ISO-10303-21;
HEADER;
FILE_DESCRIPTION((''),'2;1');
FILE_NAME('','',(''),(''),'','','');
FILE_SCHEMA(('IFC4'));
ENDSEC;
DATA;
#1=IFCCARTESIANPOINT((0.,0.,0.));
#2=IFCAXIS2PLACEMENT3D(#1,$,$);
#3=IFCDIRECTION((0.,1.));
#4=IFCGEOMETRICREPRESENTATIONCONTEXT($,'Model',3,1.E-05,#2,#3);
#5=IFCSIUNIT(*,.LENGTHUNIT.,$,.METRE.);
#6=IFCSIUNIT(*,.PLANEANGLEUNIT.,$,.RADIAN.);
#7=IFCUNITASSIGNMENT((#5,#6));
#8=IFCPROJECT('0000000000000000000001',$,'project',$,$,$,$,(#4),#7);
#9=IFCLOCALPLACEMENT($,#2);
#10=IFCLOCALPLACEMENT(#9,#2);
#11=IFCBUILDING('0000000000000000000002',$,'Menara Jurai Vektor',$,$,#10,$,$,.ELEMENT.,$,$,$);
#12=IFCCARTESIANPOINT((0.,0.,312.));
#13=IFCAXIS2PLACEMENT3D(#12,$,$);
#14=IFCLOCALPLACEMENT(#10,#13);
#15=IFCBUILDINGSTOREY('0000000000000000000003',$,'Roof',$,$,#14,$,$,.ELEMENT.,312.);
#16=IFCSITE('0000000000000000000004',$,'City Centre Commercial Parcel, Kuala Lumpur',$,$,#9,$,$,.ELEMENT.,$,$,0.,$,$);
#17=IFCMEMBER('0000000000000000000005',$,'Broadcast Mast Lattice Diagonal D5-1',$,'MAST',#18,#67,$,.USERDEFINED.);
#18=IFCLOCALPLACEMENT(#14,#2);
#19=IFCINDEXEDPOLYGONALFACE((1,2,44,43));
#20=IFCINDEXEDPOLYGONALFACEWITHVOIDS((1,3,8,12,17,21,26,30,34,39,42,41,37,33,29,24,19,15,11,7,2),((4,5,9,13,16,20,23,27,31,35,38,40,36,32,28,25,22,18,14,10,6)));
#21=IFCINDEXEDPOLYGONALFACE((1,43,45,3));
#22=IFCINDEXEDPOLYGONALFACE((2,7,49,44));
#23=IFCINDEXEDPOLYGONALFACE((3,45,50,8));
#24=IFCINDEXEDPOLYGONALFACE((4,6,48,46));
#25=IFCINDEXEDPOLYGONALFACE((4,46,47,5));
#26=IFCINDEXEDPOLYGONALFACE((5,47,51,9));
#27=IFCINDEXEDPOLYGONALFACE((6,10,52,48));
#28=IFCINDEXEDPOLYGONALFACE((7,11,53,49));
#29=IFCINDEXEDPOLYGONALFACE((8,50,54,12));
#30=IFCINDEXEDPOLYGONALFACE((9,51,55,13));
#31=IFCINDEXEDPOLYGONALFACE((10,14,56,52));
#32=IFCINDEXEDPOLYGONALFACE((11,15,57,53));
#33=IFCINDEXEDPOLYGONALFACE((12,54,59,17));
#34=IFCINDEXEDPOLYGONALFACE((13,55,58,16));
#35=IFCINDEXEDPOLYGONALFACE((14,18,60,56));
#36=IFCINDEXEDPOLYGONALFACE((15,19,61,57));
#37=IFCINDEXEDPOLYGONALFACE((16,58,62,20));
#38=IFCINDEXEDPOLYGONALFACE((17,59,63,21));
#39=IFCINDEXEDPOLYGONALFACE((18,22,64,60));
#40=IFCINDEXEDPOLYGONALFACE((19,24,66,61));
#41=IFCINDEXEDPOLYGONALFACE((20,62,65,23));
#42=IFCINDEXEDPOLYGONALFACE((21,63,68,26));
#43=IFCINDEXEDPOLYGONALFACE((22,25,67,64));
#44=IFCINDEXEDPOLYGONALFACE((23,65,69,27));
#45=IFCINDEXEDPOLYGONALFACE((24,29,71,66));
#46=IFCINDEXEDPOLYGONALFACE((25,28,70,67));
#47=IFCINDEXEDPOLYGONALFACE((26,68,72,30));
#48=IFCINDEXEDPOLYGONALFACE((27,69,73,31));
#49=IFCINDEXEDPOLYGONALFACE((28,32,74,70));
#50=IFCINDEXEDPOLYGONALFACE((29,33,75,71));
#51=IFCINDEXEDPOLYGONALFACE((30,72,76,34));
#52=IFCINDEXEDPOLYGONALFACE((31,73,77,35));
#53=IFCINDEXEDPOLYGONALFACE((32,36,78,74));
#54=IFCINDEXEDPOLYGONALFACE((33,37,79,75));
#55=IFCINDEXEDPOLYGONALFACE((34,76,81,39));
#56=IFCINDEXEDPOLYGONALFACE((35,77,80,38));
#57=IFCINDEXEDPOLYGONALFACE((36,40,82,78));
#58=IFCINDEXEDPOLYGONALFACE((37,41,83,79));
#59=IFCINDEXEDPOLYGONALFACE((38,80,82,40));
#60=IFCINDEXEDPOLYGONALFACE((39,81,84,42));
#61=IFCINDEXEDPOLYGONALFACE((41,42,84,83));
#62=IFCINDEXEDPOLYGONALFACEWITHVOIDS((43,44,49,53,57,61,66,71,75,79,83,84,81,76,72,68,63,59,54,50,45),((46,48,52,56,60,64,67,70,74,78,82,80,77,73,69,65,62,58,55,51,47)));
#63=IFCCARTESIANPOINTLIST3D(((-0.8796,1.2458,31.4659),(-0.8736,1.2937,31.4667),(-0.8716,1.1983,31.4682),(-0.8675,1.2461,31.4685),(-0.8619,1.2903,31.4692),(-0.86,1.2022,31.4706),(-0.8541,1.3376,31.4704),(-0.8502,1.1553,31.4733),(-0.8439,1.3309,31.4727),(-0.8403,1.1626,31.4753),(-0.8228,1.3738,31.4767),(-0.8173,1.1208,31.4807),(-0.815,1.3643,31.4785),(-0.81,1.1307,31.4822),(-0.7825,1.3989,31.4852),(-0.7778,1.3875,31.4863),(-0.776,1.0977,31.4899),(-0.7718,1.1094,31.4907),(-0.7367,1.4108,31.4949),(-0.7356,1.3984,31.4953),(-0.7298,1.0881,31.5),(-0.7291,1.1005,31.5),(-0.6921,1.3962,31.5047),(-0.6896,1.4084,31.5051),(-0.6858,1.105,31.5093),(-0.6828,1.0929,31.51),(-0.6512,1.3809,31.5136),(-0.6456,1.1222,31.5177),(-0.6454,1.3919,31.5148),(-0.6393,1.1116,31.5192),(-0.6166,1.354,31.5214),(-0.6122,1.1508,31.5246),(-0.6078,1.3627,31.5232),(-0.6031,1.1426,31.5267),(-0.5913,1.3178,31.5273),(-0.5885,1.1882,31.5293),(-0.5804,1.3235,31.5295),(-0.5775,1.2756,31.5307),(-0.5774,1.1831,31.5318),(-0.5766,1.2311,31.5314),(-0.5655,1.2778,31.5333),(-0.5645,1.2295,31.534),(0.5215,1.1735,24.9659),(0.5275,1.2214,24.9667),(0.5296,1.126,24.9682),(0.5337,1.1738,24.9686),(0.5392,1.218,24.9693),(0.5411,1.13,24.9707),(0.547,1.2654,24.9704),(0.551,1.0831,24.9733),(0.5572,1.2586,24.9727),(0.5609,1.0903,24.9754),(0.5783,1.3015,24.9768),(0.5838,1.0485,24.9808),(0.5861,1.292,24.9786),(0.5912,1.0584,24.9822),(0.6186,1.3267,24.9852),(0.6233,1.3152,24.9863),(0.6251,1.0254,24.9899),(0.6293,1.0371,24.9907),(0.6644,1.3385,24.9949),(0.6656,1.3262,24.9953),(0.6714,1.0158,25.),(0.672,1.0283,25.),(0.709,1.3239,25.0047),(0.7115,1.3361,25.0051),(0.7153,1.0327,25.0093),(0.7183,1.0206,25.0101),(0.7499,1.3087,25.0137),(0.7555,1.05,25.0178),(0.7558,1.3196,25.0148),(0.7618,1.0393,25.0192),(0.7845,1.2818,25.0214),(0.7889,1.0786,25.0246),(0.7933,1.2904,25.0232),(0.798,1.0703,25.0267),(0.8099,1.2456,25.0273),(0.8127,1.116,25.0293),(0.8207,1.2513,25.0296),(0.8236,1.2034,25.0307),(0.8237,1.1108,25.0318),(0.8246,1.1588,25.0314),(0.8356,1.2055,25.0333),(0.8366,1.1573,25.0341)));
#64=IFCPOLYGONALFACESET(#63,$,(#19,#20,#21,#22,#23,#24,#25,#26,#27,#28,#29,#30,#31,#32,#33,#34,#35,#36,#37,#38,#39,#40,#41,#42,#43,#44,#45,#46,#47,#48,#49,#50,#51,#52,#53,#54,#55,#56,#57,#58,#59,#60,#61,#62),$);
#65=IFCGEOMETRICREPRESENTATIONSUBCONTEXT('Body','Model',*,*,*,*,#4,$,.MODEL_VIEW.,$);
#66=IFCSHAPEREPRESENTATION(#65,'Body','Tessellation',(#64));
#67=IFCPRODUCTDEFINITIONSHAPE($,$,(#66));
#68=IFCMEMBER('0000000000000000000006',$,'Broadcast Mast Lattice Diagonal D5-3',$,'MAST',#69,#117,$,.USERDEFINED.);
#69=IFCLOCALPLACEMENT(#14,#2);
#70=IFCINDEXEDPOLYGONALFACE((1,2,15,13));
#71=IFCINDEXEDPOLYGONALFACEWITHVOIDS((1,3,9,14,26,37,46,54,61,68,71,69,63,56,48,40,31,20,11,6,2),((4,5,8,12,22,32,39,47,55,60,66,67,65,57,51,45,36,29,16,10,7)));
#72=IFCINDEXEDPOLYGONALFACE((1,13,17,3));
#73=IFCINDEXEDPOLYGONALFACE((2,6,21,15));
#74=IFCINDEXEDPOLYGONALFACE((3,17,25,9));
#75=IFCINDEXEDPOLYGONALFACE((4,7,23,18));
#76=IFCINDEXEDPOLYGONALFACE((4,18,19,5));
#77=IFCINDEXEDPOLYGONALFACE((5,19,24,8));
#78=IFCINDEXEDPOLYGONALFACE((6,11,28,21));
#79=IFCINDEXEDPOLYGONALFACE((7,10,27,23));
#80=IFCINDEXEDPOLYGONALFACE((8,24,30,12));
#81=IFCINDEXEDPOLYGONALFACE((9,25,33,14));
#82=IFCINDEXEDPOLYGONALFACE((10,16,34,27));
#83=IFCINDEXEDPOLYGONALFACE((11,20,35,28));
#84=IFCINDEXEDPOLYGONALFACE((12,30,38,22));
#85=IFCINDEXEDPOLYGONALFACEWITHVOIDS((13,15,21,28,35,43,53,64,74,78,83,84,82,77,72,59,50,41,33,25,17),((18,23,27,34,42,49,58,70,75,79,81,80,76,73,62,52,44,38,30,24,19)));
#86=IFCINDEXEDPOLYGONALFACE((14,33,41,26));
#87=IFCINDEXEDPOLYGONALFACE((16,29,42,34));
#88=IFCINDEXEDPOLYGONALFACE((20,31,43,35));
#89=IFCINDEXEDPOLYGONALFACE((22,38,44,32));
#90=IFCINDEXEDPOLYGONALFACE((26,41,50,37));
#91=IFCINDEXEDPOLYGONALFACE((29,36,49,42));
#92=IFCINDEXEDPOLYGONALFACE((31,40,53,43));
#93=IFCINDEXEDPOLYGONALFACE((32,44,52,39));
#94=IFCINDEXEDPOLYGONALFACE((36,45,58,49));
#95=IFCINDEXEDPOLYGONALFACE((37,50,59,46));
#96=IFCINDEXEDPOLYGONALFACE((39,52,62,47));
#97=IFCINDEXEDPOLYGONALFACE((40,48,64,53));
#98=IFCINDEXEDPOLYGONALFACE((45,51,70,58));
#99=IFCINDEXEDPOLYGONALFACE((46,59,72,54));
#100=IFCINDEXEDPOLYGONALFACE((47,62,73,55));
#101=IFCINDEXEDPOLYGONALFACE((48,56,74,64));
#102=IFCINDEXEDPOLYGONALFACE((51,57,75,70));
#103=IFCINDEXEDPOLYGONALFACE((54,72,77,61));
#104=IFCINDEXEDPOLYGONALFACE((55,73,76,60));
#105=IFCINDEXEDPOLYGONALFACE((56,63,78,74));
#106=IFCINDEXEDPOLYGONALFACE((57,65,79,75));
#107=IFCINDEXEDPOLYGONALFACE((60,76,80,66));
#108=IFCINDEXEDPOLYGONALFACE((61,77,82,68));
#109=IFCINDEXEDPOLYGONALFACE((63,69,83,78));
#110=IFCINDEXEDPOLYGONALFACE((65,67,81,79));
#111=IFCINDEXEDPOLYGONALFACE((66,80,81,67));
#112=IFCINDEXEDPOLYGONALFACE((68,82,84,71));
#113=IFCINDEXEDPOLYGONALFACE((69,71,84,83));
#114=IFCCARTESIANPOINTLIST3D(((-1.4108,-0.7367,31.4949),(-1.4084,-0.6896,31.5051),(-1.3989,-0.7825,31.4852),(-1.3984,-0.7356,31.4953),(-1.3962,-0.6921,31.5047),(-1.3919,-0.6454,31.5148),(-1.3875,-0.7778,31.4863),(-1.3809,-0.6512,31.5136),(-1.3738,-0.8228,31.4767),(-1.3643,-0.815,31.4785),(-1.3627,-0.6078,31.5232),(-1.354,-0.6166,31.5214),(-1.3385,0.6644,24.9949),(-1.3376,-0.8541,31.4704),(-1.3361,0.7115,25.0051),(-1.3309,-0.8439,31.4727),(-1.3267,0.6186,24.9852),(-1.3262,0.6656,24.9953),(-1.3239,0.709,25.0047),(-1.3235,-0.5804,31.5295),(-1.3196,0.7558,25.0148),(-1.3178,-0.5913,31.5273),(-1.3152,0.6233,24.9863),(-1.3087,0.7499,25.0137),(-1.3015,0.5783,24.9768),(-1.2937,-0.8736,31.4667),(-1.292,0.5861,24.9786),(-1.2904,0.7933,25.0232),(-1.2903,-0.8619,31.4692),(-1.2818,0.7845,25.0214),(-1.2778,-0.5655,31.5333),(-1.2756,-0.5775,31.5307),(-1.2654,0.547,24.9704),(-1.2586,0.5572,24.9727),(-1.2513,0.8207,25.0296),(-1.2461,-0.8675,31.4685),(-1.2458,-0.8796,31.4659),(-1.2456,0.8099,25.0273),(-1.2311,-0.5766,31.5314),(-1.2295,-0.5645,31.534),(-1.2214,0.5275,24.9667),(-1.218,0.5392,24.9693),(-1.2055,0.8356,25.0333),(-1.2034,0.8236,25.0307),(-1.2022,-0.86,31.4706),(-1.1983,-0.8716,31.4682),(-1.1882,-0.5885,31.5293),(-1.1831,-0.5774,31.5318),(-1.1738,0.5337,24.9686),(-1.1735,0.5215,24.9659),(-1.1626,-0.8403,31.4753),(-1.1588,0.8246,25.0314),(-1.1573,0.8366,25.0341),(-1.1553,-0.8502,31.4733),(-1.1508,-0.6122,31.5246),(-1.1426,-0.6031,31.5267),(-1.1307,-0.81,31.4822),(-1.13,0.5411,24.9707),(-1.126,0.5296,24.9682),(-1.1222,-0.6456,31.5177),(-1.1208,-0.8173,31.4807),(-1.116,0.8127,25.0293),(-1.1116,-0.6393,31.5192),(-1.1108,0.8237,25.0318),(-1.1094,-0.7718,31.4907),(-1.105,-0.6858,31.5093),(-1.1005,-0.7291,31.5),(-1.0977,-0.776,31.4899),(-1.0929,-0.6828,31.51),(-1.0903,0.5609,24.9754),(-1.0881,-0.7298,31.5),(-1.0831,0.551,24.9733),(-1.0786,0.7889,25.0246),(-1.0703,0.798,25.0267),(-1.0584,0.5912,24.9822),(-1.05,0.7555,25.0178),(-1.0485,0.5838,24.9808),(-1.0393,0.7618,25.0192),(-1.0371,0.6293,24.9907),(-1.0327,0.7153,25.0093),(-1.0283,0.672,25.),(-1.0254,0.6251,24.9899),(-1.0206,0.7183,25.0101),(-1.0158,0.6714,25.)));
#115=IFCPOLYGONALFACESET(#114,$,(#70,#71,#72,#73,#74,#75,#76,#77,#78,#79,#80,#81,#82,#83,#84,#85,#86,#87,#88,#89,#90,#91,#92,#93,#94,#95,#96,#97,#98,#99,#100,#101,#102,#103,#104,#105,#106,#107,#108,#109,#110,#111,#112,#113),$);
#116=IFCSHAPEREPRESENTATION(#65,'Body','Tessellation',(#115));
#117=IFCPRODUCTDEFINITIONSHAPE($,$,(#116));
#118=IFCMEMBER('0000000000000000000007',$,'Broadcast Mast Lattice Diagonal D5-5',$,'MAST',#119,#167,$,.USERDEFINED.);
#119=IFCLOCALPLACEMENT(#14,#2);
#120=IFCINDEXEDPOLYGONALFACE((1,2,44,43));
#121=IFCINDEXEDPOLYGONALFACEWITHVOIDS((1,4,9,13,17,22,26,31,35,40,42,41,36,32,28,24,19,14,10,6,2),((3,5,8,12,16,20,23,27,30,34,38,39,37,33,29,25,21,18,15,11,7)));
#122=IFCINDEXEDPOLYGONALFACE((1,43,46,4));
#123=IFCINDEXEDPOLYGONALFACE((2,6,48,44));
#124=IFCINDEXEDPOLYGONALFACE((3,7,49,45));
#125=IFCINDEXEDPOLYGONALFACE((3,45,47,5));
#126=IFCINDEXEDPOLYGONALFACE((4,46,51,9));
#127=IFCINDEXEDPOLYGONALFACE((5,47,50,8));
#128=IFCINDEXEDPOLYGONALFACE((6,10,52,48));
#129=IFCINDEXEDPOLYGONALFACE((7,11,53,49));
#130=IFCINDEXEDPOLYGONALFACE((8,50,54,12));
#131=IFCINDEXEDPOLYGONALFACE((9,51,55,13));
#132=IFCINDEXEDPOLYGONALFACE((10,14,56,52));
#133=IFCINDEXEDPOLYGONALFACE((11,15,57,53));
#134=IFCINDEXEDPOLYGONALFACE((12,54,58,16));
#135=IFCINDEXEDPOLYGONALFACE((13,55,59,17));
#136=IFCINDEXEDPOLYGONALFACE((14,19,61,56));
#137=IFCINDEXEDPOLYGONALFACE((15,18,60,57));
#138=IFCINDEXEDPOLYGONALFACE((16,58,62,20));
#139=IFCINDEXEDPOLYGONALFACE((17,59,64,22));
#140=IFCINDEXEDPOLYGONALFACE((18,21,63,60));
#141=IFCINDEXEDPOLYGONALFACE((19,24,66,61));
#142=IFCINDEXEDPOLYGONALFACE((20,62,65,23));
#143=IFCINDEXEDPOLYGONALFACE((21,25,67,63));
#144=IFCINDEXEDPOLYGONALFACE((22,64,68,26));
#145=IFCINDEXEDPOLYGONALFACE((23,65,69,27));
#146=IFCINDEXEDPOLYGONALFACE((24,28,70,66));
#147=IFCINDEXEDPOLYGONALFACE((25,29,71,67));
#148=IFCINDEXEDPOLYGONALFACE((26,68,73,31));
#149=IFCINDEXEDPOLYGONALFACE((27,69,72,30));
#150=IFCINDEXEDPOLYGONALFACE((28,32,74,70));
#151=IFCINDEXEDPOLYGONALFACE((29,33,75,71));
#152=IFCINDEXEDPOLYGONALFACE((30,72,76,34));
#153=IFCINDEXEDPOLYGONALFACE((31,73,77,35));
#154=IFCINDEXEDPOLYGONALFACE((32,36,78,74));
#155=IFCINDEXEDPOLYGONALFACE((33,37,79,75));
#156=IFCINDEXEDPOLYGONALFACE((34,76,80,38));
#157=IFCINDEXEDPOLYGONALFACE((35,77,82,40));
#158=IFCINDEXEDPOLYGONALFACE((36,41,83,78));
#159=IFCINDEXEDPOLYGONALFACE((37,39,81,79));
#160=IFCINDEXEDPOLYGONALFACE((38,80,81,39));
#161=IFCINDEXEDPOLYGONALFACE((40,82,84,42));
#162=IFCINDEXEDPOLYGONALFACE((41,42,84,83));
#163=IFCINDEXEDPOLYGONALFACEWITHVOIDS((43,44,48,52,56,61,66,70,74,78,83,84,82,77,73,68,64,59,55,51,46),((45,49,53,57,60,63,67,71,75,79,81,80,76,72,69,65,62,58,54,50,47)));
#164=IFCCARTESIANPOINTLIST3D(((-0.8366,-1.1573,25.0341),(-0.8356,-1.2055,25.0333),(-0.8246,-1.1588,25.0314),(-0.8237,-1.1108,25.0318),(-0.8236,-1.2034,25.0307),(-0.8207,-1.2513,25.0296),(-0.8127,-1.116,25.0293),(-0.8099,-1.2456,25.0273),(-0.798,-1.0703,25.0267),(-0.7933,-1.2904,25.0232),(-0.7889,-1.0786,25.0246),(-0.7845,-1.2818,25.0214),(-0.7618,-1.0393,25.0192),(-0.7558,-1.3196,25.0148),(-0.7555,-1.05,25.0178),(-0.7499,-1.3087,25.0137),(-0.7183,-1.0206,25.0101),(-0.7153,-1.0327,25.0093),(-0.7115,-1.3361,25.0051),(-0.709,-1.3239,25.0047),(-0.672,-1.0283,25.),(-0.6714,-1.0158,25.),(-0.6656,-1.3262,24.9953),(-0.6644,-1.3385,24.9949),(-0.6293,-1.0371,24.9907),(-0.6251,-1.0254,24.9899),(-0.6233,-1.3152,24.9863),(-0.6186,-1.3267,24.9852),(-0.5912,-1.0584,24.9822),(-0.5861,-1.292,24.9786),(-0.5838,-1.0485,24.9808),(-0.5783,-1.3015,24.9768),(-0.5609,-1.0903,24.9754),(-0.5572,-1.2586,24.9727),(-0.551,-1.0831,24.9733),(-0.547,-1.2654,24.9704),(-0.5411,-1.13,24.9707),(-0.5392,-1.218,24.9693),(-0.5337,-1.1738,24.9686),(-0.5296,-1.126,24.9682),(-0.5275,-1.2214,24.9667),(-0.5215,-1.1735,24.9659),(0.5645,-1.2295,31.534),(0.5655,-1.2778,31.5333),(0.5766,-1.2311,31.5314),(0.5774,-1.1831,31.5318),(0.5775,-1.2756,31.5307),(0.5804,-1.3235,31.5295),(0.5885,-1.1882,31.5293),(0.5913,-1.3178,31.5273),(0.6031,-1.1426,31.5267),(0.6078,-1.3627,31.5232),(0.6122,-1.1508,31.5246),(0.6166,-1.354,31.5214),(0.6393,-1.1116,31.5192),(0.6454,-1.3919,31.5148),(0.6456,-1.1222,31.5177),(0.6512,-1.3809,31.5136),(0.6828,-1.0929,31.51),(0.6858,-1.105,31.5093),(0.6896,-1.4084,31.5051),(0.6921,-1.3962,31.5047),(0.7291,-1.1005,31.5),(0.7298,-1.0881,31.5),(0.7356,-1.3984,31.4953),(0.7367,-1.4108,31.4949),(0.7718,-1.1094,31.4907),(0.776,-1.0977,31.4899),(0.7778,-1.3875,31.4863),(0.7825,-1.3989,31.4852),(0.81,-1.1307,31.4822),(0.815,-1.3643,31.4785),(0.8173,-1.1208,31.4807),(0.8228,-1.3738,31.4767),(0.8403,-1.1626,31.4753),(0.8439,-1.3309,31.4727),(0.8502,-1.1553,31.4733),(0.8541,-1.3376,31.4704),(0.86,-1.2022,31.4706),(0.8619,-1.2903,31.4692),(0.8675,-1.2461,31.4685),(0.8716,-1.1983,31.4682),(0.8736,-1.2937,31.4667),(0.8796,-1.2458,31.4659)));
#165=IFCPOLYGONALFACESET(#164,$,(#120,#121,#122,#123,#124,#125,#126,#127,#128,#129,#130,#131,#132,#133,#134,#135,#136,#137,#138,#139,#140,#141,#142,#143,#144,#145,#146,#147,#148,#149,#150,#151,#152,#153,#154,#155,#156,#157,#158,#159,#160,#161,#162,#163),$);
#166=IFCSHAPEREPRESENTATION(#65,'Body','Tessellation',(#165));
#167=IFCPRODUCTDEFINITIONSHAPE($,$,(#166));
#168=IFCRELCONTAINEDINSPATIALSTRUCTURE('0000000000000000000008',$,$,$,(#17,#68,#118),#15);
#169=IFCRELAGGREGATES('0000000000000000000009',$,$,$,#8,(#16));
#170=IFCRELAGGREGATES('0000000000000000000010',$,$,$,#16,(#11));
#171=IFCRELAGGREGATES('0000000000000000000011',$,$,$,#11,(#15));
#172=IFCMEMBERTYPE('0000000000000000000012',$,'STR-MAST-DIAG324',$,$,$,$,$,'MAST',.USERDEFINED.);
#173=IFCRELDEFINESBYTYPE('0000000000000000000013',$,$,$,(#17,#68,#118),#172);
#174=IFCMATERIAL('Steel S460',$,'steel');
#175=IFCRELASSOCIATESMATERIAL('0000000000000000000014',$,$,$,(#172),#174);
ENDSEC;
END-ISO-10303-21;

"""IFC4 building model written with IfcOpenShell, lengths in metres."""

from ifc_helpers import new_model, si_unit, direction, frame, origin, origin_2d, place, context, subcontext, project, spatial, hollow_circle, extrude, material, material_profile, profile_set, type_object, element, save


model = new_model("IFC4")

# Units and contexts
model_context = context("Model", 3, precision=1e-05, world=origin(), true_north=direction((0.0, 1.0)))
body_context = subcontext(model_context, "Body", "Model", "MODEL_VIEW")
ifc_project = project(units=[si_unit("LENGTHUNIT", "METRE"), si_unit("PLANEANGLEUNIT", "RADIAN")], contexts=[model_context])

# Site, building, storey
site_placement = place(None, origin())
site = spatial("IfcSite", under=ifc_project, at=site_placement, Name="City Centre Commercial Parcel, Kuala Lumpur", CompositionType="ELEMENT", RefElevation=0.0)
building_placement = place(site_placement, origin())
building = spatial("IfcBuilding", under=site, at=building_placement, Name="Menara Jurai Vektor", CompositionType="ELEMENT")
storey_placement = place(building_placement, frame((0.0, 0.0, 312.0)))
storey = spatial("IfcBuildingStorey", under=building, at=storey_placement, Name="Roof", CompositionType="ELEMENT", Elevation=312.0)

# Members
ifc_material = material(Name="Steel S460", Category="steel")
ifc_material_profile_1 = material_profile(ifc_material, hollow_circle(Radius=0.1619, WallThickness=0.0125, at=origin_2d()), Name="CHS 323.9x12.5")
ifc_profile_set_1 = profile_set([ifc_material_profile_1], Name="Steel S460")
member_type_1 = type_object("IfcMemberType", Name="STR-MAST-DIAG324", ElementType="MAST", PredefinedType="USERDEFINED", material=ifc_profile_set_1)
for number, where, z_axis, x_axis, name in (
    (1, (0.6797, 1.1775, 25.0), (-0.210705, 0.010868, 0.977489), (-0.051508, -0.998673, 0.0), "Broadcast Mast Lattice Diagonal D5-1"),
    (2, (-1.1775, 0.6797, 25.0), (-0.010868, -0.210705, 0.977489), (0.998673, -0.051508, 0.0), "Broadcast Mast Lattice Diagonal D5-3"),
    (3, (-0.6797, -1.1775, 25.0), (0.210705, -0.010868, 0.977489), (0.051508, 0.998673, 0.0), "Broadcast Mast Lattice Diagonal D5-5"),
):
    element("IfcMember", number, at=place(storey_placement, frame(where, z_axis=z_axis, x_axis=x_axis)), inside=storey, type_object=member_type_1, Name=name, ObjectType="MAST", PredefinedType="USERDEFINED", context=body_context, shape_type="SweptSolid", body=[
        extrude(hollow_circle(Radius=0.1619, WallThickness=0.0125, at=origin_2d()), origin(), (0.0, 0.0, 1.0), 6.6497),
    ])

save(model, "model.ifc")
